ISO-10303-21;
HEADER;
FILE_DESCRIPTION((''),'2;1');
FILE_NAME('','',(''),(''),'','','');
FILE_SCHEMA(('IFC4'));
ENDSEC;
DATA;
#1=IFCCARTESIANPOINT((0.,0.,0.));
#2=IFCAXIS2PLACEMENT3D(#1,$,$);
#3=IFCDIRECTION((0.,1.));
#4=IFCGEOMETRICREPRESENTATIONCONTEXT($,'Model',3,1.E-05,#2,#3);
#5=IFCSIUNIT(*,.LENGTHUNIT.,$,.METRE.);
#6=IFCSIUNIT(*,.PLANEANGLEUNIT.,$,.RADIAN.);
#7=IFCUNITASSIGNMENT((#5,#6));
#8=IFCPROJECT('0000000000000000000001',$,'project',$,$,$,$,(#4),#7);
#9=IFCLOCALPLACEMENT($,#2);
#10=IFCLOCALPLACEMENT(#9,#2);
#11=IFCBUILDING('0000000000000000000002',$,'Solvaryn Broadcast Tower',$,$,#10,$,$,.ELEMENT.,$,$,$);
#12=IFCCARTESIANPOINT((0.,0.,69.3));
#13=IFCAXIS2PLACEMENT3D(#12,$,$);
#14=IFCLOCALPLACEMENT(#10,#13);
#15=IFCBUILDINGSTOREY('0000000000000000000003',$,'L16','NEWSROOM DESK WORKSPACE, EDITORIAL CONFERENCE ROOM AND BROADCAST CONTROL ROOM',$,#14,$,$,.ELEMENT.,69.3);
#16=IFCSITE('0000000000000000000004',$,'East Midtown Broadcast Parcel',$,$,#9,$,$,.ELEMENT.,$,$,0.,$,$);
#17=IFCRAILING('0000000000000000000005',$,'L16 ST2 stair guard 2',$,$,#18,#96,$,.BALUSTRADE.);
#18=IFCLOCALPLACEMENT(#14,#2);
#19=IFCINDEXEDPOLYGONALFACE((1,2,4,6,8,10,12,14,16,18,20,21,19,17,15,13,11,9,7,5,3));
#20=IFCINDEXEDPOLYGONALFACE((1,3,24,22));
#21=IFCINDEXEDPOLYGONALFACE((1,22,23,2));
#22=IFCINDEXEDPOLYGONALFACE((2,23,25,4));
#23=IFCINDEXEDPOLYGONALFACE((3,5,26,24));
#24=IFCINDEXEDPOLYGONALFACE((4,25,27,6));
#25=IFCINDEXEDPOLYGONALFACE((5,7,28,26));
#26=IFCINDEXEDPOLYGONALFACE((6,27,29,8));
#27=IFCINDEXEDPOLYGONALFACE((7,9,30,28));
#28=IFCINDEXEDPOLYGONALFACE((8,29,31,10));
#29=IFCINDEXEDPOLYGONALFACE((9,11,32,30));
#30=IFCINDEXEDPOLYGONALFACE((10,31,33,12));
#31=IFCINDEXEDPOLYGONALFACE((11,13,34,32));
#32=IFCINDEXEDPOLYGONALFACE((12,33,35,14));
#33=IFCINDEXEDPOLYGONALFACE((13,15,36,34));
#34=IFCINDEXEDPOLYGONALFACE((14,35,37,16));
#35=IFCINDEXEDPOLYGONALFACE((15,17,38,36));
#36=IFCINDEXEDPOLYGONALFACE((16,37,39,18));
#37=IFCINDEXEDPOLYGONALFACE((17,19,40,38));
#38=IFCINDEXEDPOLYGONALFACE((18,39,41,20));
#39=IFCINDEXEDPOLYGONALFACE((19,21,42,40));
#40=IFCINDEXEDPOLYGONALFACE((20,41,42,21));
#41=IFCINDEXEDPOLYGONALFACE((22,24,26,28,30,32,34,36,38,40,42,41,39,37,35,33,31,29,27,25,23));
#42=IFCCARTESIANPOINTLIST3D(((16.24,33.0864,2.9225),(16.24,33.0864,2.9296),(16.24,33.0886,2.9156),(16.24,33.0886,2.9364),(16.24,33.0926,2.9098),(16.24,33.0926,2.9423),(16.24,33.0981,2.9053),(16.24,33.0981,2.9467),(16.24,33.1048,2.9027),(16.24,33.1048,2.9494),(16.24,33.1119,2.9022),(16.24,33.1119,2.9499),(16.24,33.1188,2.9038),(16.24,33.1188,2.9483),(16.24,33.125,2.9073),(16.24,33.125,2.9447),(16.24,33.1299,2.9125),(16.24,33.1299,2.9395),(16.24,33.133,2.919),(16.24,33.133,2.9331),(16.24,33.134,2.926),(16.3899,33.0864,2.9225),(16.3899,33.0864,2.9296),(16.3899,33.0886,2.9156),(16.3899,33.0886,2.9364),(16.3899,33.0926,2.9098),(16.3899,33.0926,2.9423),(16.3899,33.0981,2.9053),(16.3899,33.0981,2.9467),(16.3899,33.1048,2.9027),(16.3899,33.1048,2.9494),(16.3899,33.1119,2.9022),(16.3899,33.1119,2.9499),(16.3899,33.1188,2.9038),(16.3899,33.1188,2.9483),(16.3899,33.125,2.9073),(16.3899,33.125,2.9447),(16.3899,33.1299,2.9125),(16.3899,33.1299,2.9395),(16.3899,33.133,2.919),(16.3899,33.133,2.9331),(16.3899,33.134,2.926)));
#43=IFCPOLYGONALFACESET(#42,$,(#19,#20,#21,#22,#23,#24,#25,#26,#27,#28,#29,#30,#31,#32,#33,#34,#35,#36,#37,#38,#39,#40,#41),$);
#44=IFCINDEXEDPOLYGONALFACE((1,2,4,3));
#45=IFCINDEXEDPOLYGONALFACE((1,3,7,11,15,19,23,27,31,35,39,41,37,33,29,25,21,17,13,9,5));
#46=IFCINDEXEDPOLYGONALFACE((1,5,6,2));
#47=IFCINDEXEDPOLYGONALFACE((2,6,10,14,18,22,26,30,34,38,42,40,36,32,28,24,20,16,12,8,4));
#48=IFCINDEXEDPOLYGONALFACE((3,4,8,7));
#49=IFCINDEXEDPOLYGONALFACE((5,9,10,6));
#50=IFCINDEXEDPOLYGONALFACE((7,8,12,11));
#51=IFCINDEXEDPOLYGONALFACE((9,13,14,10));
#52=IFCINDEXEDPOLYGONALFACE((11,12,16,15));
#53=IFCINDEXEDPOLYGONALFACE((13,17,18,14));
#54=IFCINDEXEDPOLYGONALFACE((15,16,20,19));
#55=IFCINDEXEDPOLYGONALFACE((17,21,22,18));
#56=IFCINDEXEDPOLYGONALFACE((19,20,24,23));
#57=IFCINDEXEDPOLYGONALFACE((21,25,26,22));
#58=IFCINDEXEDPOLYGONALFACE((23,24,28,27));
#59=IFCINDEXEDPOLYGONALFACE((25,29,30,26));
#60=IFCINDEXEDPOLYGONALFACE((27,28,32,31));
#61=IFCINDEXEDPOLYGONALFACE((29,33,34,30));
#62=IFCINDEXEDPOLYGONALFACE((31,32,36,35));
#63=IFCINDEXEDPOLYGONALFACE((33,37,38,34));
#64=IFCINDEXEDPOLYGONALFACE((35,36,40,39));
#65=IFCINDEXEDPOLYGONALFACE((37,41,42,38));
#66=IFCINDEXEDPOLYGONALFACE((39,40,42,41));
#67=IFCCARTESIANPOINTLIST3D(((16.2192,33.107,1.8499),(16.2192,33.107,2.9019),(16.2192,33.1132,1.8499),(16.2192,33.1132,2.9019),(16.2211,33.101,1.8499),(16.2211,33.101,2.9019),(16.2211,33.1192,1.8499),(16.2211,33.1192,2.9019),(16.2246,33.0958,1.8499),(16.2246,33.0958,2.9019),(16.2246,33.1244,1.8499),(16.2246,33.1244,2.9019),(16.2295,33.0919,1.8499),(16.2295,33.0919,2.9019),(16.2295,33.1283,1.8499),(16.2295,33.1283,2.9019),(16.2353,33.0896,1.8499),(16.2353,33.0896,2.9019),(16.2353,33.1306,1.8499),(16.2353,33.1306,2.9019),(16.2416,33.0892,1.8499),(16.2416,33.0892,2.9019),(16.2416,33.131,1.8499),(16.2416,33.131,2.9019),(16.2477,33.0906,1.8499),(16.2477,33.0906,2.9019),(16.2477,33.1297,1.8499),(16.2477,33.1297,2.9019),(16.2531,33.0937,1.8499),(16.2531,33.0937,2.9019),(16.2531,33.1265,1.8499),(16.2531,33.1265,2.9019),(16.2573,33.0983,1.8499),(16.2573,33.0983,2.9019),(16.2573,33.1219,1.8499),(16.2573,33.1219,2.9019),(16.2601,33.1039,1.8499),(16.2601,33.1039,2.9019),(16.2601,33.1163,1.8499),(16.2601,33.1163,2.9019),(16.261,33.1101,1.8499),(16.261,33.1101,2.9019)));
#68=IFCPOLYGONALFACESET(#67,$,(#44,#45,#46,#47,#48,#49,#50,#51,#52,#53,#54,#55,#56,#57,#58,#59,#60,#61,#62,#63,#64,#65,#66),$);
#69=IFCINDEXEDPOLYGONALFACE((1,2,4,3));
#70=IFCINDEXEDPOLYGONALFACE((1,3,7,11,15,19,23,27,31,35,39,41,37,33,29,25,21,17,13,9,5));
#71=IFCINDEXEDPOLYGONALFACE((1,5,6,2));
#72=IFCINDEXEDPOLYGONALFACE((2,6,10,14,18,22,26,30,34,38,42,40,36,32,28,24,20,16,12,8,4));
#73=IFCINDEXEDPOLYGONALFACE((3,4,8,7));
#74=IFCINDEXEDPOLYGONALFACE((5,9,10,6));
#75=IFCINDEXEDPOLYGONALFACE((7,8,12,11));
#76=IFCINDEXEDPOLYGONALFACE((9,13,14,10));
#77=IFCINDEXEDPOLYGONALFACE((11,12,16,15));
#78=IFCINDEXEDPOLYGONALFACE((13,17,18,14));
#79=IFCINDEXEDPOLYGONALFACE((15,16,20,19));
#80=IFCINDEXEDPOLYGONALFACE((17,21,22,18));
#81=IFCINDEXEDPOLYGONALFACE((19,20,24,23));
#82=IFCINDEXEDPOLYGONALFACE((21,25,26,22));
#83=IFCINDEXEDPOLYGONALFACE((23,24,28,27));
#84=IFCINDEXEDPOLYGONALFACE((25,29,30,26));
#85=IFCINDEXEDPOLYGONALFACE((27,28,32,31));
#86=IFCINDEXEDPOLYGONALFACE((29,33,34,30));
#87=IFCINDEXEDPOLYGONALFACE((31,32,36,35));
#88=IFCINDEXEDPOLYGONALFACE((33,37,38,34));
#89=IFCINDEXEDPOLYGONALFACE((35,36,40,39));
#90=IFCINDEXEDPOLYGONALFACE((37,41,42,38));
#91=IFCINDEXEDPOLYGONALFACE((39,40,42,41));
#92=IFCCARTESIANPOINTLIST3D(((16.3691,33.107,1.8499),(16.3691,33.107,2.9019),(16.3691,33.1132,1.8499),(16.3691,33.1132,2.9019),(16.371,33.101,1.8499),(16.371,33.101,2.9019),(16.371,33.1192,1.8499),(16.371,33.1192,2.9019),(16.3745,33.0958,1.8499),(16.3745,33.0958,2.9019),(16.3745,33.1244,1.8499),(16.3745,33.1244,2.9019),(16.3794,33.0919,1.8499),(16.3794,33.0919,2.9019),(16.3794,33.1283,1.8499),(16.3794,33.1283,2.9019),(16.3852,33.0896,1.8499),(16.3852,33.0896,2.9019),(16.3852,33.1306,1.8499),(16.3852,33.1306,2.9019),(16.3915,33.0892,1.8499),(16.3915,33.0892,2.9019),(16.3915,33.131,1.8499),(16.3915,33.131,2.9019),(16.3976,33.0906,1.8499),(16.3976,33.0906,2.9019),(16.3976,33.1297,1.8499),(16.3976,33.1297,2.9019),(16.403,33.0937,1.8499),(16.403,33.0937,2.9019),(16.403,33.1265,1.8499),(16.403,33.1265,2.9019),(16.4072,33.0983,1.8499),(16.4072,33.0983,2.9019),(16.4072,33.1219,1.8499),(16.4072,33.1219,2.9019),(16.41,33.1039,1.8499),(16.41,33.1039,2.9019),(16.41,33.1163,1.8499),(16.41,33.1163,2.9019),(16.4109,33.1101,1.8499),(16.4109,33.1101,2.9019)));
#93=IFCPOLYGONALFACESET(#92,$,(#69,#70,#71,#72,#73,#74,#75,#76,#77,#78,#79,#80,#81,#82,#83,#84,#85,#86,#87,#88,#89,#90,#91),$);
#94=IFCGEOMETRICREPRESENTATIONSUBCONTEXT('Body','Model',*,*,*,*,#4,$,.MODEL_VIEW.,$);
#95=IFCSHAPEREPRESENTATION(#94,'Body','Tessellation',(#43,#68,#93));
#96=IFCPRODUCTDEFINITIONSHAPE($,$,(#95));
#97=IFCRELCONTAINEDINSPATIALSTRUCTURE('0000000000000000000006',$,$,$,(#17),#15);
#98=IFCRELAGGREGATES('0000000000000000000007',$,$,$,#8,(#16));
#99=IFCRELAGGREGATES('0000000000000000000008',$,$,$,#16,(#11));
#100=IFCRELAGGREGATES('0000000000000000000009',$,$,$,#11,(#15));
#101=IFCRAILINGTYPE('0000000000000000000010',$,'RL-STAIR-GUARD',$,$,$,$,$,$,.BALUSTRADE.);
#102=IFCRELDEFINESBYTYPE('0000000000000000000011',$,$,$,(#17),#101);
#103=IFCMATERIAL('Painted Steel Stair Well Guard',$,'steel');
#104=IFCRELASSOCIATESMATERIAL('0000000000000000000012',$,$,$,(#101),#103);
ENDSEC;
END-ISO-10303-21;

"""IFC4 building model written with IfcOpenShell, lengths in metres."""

from ifc_helpers import new_model, si_unit, direction, frame, origin, origin_2d, place, context, subcontext, project, spatial, circle, extrude, material, type_object, element, save


model = new_model("IFC4")

# Units and contexts
model_context = context("Model", 3, precision=1e-05, world=origin(), true_north=direction((0.0, 1.0)))
body_context = subcontext(model_context, "Body", "Model", "MODEL_VIEW")
ifc_project = project(units=[si_unit("LENGTHUNIT", "METRE"), si_unit("PLANEANGLEUNIT", "RADIAN")], contexts=[model_context])

# Site, building, storey
site_placement = place(None, origin())
site = spatial("IfcSite", under=ifc_project, at=site_placement, Name="East Midtown Broadcast Parcel", CompositionType="ELEMENT", RefElevation=0.0)
building_placement = place(site_placement, origin())
building = spatial("IfcBuilding", under=site, at=building_placement, Name="Solvaryn Broadcast Tower", CompositionType="ELEMENT")
storey_placement = place(building_placement, frame((0.0, 0.0, 69.3)))
storey = spatial("IfcBuildingStorey", under=building, at=storey_placement, Name="L16", Description="NEWSROOM DESK WORKSPACE, EDITORIAL CONFERENCE ROOM AND BROADCAST CONTROL ROOM", CompositionType="ELEMENT", Elevation=69.3)

# Railing
ifc_material_1 = material(Name="Painted Steel Stair Well Guard", Category="steel")
railing_type_1 = type_object("IfcRailingType", Name="RL-STAIR-GUARD", PredefinedType="BALUSTRADE", material=ifc_material_1)
railing_1_placement = place(storey_placement, frame((16.24, 33.1101, 1.8499)))
element("IfcRailing", 1, at=railing_1_placement, inside=storey, type_object=railing_type_1, Name="L16 ST2 stair guard 2", PredefinedType="BALUSTRADE", context=body_context, shape_type="SweptSolid", body=[
    extrude(circle(Radius=0.0239, at=origin_2d()), frame((0.0, 0.0, 1.0762), z_axis=(1.0, 0.0, 0.0), x_axis=(0.0, 1.0, 0.0)), (0.0, 0.0, 1.0), 0.1499),
    extrude(circle(Radius=0.021, at=origin_2d()), origin(), (0.0, 0.0, 1.0), 1.052),
    extrude(circle(Radius=0.021, at=origin_2d()), frame((0.1499, 0.0, 0.0)), (0.0, 0.0, 1.0), 1.052),
])

save(model, "model.ifc")
